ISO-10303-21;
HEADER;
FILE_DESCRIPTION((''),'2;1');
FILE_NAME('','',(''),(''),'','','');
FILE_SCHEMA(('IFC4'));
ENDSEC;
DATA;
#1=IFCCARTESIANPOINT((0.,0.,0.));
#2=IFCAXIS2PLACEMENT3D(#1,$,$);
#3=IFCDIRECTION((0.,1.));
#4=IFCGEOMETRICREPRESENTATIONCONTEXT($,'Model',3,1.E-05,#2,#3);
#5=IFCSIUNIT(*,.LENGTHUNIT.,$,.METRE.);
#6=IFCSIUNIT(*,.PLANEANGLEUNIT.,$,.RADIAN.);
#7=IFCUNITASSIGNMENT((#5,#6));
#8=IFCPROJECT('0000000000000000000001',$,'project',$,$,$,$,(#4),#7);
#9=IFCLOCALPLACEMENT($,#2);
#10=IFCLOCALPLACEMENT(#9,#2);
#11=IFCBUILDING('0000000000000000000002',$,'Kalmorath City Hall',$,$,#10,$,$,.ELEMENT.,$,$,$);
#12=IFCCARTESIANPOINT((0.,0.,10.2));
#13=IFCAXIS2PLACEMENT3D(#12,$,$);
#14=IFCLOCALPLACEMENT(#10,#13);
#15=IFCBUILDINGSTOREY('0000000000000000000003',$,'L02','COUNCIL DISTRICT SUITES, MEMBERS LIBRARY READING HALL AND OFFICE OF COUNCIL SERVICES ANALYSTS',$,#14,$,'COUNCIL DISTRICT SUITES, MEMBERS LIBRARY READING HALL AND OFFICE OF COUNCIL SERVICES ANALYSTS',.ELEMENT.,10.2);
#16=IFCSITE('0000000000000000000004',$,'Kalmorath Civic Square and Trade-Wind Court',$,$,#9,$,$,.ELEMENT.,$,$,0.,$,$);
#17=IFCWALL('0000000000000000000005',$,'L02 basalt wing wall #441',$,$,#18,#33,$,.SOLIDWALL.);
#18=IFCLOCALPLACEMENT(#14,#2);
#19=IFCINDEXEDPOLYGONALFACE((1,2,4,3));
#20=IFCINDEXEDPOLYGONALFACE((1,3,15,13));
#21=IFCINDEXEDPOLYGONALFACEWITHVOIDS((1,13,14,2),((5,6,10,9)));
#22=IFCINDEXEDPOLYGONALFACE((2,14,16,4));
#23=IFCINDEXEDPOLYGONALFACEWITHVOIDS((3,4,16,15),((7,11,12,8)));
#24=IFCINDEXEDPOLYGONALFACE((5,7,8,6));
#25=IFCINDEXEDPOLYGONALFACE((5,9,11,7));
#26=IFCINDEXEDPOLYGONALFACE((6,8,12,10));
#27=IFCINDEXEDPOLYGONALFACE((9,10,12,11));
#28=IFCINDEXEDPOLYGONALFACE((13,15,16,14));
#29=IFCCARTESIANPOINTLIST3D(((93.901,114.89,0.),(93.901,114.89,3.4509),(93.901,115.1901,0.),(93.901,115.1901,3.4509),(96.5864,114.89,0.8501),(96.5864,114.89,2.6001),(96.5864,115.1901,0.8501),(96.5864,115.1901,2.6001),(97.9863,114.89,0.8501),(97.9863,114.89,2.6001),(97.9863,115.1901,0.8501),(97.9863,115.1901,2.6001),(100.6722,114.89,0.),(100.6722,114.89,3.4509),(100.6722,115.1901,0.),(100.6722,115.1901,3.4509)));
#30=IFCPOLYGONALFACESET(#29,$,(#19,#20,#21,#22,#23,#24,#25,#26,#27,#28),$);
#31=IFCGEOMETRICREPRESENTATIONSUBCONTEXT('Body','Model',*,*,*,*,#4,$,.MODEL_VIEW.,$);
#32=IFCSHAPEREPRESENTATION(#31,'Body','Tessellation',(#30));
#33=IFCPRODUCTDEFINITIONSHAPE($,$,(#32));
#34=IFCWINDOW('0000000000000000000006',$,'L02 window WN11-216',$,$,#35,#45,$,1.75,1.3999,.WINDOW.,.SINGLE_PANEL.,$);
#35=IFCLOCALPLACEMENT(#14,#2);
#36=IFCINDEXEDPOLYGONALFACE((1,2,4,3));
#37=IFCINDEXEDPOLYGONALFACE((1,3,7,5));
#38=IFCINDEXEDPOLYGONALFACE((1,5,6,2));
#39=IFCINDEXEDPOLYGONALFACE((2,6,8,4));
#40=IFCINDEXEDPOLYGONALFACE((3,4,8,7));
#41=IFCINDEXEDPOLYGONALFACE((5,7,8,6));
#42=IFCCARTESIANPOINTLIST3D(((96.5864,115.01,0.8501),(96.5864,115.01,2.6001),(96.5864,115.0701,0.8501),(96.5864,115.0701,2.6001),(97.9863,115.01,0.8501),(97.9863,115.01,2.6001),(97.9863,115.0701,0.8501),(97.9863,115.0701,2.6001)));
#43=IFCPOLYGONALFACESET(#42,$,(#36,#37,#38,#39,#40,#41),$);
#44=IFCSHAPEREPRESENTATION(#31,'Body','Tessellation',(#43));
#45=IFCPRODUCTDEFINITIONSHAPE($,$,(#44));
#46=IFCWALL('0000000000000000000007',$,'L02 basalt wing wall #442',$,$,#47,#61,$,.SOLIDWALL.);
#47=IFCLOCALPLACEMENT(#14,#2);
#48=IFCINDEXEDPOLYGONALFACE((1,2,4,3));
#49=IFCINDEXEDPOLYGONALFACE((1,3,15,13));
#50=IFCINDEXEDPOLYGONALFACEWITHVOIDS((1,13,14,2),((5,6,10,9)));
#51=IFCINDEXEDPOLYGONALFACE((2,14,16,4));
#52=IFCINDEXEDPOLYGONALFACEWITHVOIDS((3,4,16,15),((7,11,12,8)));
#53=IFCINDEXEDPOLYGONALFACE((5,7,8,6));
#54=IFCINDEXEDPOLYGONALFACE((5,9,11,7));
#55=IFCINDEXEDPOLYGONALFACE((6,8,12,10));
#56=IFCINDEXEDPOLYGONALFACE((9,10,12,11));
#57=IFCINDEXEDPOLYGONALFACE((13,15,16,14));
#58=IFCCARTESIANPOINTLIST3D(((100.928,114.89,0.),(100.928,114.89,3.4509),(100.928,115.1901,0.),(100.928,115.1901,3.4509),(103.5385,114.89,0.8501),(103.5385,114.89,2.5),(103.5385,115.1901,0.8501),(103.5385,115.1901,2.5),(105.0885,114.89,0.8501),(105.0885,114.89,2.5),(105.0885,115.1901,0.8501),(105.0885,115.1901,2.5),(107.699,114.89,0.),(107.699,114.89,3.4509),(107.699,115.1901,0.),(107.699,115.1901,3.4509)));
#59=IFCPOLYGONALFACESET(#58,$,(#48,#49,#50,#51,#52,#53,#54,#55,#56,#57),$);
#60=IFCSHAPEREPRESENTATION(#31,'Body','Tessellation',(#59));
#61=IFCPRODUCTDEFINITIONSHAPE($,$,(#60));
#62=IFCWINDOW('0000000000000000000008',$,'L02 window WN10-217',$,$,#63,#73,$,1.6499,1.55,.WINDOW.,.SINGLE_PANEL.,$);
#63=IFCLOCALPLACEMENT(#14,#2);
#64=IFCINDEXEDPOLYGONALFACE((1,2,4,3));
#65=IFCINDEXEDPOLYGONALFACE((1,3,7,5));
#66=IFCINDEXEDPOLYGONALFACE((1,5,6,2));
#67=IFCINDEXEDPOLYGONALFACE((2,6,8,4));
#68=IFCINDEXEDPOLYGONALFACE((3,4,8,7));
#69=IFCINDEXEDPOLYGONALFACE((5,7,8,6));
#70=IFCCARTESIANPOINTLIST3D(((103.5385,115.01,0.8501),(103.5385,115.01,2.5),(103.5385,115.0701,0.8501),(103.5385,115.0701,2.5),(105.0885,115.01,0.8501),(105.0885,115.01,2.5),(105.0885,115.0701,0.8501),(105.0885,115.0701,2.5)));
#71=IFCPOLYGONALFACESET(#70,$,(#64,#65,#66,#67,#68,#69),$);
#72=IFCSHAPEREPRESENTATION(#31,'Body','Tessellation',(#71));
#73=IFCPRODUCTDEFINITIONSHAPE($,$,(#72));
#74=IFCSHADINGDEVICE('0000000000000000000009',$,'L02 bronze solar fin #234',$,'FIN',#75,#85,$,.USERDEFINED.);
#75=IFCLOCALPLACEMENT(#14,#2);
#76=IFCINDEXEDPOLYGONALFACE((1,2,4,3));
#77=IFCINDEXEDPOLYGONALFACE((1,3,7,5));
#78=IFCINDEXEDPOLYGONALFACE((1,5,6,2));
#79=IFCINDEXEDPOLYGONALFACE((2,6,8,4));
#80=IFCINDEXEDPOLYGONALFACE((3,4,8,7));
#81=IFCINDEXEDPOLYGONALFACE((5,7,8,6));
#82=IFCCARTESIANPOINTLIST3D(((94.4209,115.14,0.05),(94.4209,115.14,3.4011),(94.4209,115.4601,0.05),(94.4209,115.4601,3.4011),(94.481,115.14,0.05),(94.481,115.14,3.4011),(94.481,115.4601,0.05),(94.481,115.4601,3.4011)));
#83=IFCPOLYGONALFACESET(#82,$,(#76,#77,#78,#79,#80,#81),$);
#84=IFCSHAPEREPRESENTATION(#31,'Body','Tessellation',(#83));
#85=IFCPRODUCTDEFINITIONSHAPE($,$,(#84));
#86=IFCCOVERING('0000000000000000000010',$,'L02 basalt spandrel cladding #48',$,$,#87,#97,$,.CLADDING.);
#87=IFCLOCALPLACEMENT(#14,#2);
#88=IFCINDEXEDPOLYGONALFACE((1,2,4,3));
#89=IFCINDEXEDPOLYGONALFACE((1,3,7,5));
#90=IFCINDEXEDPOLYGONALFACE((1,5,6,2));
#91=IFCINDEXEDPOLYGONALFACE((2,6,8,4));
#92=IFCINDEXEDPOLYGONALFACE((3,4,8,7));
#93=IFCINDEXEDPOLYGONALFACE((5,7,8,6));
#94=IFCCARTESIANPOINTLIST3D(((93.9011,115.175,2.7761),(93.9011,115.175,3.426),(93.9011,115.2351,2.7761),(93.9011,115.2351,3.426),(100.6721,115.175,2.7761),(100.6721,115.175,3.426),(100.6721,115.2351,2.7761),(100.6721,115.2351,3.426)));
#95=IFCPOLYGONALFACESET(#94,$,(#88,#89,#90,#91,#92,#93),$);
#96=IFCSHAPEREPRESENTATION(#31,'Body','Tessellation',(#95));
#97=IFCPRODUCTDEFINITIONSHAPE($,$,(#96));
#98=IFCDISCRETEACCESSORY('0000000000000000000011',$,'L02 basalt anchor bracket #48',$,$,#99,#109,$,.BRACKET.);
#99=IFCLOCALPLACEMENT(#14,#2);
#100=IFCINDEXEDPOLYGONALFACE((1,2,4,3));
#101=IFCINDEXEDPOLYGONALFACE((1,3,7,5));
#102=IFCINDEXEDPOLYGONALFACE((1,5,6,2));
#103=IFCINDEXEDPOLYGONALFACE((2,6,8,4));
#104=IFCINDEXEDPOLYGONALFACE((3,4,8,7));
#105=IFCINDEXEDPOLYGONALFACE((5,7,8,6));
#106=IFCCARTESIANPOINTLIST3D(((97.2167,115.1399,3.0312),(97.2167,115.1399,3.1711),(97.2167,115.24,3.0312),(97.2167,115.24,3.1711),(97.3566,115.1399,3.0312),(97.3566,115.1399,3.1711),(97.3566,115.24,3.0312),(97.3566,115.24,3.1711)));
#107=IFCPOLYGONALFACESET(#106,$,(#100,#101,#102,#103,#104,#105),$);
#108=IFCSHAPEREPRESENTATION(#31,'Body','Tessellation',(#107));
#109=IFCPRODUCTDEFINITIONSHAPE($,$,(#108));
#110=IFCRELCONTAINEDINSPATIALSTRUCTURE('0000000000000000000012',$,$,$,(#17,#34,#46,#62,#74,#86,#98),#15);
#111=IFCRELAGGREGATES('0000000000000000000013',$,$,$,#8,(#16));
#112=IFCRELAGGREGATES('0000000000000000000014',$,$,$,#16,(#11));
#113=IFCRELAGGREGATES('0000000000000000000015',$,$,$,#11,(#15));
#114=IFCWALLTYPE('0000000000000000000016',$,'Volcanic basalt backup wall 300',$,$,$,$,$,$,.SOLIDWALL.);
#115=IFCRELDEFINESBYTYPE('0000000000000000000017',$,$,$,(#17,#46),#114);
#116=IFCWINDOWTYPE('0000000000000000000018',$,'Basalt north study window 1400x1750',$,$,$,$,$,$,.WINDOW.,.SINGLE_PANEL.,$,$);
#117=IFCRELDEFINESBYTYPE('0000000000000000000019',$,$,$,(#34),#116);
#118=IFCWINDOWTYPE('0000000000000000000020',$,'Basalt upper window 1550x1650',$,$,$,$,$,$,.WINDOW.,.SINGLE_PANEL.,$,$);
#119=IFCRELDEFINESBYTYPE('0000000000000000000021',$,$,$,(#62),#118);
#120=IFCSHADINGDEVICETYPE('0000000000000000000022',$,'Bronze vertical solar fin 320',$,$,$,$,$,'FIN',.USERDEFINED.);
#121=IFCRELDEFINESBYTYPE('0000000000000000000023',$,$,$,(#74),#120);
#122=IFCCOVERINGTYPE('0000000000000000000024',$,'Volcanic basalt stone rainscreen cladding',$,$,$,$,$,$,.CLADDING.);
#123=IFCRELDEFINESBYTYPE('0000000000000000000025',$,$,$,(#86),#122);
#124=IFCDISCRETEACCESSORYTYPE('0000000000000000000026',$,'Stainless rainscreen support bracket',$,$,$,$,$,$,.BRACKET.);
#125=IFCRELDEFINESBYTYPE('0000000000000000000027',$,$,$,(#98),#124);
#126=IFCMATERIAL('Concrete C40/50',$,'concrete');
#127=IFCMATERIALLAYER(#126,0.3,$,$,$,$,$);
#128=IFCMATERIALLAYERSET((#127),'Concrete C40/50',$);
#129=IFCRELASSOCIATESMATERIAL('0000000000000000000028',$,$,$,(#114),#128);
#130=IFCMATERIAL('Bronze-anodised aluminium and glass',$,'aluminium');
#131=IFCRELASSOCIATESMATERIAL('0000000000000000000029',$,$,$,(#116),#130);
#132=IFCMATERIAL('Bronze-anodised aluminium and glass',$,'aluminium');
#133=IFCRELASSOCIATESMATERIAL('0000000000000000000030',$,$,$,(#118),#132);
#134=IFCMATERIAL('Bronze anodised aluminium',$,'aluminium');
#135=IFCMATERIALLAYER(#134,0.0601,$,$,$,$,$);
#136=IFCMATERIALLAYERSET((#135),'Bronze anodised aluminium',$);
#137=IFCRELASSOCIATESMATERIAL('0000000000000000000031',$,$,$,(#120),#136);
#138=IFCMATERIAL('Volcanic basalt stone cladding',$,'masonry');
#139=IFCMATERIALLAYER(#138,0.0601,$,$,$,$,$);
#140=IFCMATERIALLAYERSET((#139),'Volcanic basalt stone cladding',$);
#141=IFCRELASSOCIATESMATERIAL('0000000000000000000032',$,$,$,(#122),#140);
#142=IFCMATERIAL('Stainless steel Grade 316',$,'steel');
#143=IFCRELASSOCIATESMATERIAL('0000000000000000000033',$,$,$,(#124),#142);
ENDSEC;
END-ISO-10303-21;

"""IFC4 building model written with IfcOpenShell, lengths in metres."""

from ifc_helpers import new_model, si_unit, direction, frame, frame_2d, origin, origin_2d, place, context, subcontext, project, spatial, rectangle, extrude, material, layer, layer_set, type_object, element, fill, save


model = new_model("IFC4")

# Units and contexts
model_context = context("Model", 3, precision=1e-05, world=origin(), true_north=direction((0.0, 1.0)))
body_context = subcontext(model_context, "Body", "Model", "MODEL_VIEW")
ifc_project = project(units=[si_unit("LENGTHUNIT", "METRE"), si_unit("PLANEANGLEUNIT", "RADIAN")], contexts=[model_context])

# Site, building, storey
site_placement = place(None, origin())
site = spatial("IfcSite", under=ifc_project, at=site_placement, Name="Kalmorath Civic Square and Trade-Wind Court", CompositionType="ELEMENT", RefElevation=0.0)
building_placement = place(site_placement, origin())
building = spatial("IfcBuilding", under=site, at=building_placement, Name="Kalmorath City Hall", CompositionType="ELEMENT")
storey_placement = place(building_placement, frame((0.0, 0.0, 10.2)))
storey = spatial("IfcBuildingStorey", under=building, at=storey_placement, Name="L02", Description="COUNCIL DISTRICT SUITES, MEMBERS LIBRARY READING HALL AND OFFICE OF COUNCIL SERVICES ANALYSTS", LongName="COUNCIL DISTRICT SUITES, MEMBERS LIBRARY READING HALL AND OFFICE OF COUNCIL SERVICES ANALYSTS", CompositionType="ELEMENT", Elevation=10.2)

# Walls, openings, windows
ifc_material_1 = material(Name="Concrete C40/50", Category="concrete")
ifc_layer_1 = layer(ifc_material_1, 0.3)
ifc_layer_set_1 = layer_set([ifc_layer_1], Name="Concrete C40/50")
wall_type = type_object("IfcWallType", Name="Volcanic basalt backup wall 300", PredefinedType="SOLIDWALL", material=ifc_layer_set_1)
wall_1_placement = place(storey_placement, frame((93.9009, 115.04, 0.0), z_axis=(0.0, 0.0, 1.0), x_axis=(1.0, 0.0, 0.0)))
wall_1 = element("IfcWall", 1, at=wall_1_placement, inside=storey, type_object=wall_type, Name="L02 basalt wing wall #441", PredefinedType="SOLIDWALL", context=body_context, shape_type="SweptSolid", body=[
    extrude(rectangle(XDim=6.7712, YDim=0.3, at=frame_2d((3.3857, 0.0))), origin(), (0.0, 0.0, 1.0), 3.4509),
])
opening_1_placement = place(wall_1_placement, frame((2.6855, 0.0, 0.8501)))
opening_1 = element("IfcOpeningElement", 2, at=opening_1_placement, cuts=wall_1, PredefinedType="OPENING", context=body_context, shape_type="SweptSolid", body=[
    extrude(rectangle(XDim=1.3999, YDim=1.75, at=frame_2d((0.7, 0.875))), frame((0.0, 0.1599, 0.0), z_axis=(0.0, -1.0, 0.0), x_axis=(1.0, 0.0, 0.0)), (0.0, 0.0, 1.0), 0.3201),
])
ifc_material_2 = material(Name="Bronze-anodised aluminium and glass", Category="aluminium")
window_type_1 = type_object("IfcWindowType", Name="Basalt north study window 1400x1750", PartitioningType="SINGLE_PANEL", PredefinedType="WINDOW", material=ifc_material_2)
window_1_placement = place(opening_1_placement, origin())
window_1 = element("IfcWindow", 3, at=window_1_placement, inside=storey, type_object=window_type_1, Name="L02 window WN11-216", OverallHeight=1.75, OverallWidth=1.3999, PartitioningType="SINGLE_PANEL", PredefinedType="WINDOW", context=body_context, shape_type="SweptSolid", body=[
    extrude(rectangle(XDim=1.3999, YDim=1.75, at=frame_2d((0.7, 0.875))), frame((0.0, 0.03, 0.0), z_axis=(0.0, -1.0, 0.0), x_axis=(1.0, 0.0, 0.0)), (0.0, 0.0, 1.0), 0.0601),
])
fill(opening_1, window_1)
wall_2_placement = place(storey_placement, frame((100.928, 115.04, 0.0), z_axis=(0.0, 0.0, 1.0), x_axis=(1.0, 0.0, 0.0)))
wall_2 = element("IfcWall", 4, at=wall_2_placement, inside=storey, type_object=wall_type, Name="L02 basalt wing wall #442", PredefinedType="SOLIDWALL", context=body_context, shape_type="SweptSolid", body=[
    extrude(rectangle(XDim=6.771, YDim=0.3, at=frame_2d((3.3855, 0.0))), origin(), (0.0, 0.0, 1.0), 3.4509),
])
opening_2_placement = place(wall_2_placement, frame((2.6106, 0.0, 0.8501)))
opening_2 = element("IfcOpeningElement", 5, at=opening_2_placement, cuts=wall_2, PredefinedType="OPENING", context=body_context, shape_type="SweptSolid", body=[
    extrude(rectangle(XDim=1.55, YDim=1.6499, at=frame_2d((0.7749, 0.825))), frame((0.0, 0.1599, 0.0), z_axis=(0.0, -1.0, 0.0), x_axis=(1.0, 0.0, 0.0)), (0.0, 0.0, 1.0), 0.3201),
])
ifc_material_3 = material(Name="Bronze-anodised aluminium and glass", Category="aluminium")
window_type_2 = type_object("IfcWindowType", Name="Basalt upper window 1550x1650", PartitioningType="SINGLE_PANEL", PredefinedType="WINDOW", material=ifc_material_3)
window_2_placement = place(opening_2_placement, origin())
window_2 = element("IfcWindow", 6, at=window_2_placement, inside=storey, type_object=window_type_2, Name="L02 window WN10-217", OverallHeight=1.6499, OverallWidth=1.55, PartitioningType="SINGLE_PANEL", PredefinedType="WINDOW", context=body_context, shape_type="SweptSolid", body=[
    extrude(rectangle(XDim=1.55, YDim=1.6499, at=frame_2d((0.7749, 0.825))), frame((0.0, 0.03, 0.0), z_axis=(0.0, -1.0, 0.0), x_axis=(1.0, 0.0, 0.0)), (0.0, 0.0, 1.0), 0.0601),
])
fill(opening_2, window_2)

# Shading device
ifc_material_4 = material(Name="Bronze anodised aluminium", Category="aluminium")
ifc_layer_2 = layer(ifc_material_4, 0.0601)
ifc_layer_set_2 = layer_set([ifc_layer_2], Name="Bronze anodised aluminium")
shading_device_type = type_object("IfcShadingDeviceType", Name="Bronze vertical solar fin 320", ElementType="FIN", PredefinedType="USERDEFINED", material=ifc_layer_set_2)
shading_device_placement = place(storey_placement, frame((94.4509, 115.3, 0.05), z_axis=(0.0, 0.0, 1.0), x_axis=(1.0, 0.0, 0.0)))
element("IfcShadingDevice", 7, at=shading_device_placement, inside=storey, type_object=shading_device_type, Name="L02 bronze solar fin #234", ObjectType="FIN", PredefinedType="USERDEFINED", context=body_context, shape_type="SweptSolid", body=[
    extrude(rectangle(XDim=0.0601, YDim=0.3201, at=origin_2d()), origin(), (0.0, 0.0, 1.0), 3.3511),
])

# Covering
ifc_material_5 = material(Name="Volcanic basalt stone cladding", Category="masonry")
ifc_layer_3 = layer(ifc_material_5, 0.0601)
ifc_layer_set_3 = layer_set([ifc_layer_3], Name="Volcanic basalt stone cladding")
covering_type = type_object("IfcCoveringType", Name="Volcanic basalt stone rainscreen cladding", PredefinedType="CLADDING", material=ifc_layer_set_3)
covering_placement = place(storey_placement, frame((97.2866, 115.2051, 2.7761), z_axis=(0.0, 0.0, 1.0), x_axis=(1.0, 0.0, 0.0)))
element("IfcCovering", 8, at=covering_placement, inside=storey, type_object=covering_type, Name="L02 basalt spandrel cladding #48", PredefinedType="CLADDING", context=body_context, shape_type="SweptSolid", body=[
    extrude(rectangle(XDim=6.771, YDim=0.0601, at=origin_2d()), origin(), (0.0, 0.0, 1.0), 0.6499),
])

# Discrete accessory
ifc_material_6 = material(Name="Stainless steel Grade 316", Category="steel")
discrete_accessory_type = type_object("IfcDiscreteAccessoryType", Name="Stainless rainscreen support bracket", PredefinedType="BRACKET", material=ifc_material_6)
discrete_accessory_placement = place(storey_placement, frame((97.2866, 115.1899, 3.0312), z_axis=(0.0, 0.0, 1.0), x_axis=(1.0, 0.0, 0.0)))
element("IfcDiscreteAccessory", 9, at=discrete_accessory_placement, inside=storey, type_object=discrete_accessory_type, Name="L02 basalt anchor bracket #48", PredefinedType="BRACKET", context=body_context, shape_type="SweptSolid", body=[
    extrude(rectangle(XDim=0.1399, YDim=0.1001, at=origin_2d()), origin(), (0.0, 0.0, 1.0), 0.1399),
])

save(model, "model.ifc")
